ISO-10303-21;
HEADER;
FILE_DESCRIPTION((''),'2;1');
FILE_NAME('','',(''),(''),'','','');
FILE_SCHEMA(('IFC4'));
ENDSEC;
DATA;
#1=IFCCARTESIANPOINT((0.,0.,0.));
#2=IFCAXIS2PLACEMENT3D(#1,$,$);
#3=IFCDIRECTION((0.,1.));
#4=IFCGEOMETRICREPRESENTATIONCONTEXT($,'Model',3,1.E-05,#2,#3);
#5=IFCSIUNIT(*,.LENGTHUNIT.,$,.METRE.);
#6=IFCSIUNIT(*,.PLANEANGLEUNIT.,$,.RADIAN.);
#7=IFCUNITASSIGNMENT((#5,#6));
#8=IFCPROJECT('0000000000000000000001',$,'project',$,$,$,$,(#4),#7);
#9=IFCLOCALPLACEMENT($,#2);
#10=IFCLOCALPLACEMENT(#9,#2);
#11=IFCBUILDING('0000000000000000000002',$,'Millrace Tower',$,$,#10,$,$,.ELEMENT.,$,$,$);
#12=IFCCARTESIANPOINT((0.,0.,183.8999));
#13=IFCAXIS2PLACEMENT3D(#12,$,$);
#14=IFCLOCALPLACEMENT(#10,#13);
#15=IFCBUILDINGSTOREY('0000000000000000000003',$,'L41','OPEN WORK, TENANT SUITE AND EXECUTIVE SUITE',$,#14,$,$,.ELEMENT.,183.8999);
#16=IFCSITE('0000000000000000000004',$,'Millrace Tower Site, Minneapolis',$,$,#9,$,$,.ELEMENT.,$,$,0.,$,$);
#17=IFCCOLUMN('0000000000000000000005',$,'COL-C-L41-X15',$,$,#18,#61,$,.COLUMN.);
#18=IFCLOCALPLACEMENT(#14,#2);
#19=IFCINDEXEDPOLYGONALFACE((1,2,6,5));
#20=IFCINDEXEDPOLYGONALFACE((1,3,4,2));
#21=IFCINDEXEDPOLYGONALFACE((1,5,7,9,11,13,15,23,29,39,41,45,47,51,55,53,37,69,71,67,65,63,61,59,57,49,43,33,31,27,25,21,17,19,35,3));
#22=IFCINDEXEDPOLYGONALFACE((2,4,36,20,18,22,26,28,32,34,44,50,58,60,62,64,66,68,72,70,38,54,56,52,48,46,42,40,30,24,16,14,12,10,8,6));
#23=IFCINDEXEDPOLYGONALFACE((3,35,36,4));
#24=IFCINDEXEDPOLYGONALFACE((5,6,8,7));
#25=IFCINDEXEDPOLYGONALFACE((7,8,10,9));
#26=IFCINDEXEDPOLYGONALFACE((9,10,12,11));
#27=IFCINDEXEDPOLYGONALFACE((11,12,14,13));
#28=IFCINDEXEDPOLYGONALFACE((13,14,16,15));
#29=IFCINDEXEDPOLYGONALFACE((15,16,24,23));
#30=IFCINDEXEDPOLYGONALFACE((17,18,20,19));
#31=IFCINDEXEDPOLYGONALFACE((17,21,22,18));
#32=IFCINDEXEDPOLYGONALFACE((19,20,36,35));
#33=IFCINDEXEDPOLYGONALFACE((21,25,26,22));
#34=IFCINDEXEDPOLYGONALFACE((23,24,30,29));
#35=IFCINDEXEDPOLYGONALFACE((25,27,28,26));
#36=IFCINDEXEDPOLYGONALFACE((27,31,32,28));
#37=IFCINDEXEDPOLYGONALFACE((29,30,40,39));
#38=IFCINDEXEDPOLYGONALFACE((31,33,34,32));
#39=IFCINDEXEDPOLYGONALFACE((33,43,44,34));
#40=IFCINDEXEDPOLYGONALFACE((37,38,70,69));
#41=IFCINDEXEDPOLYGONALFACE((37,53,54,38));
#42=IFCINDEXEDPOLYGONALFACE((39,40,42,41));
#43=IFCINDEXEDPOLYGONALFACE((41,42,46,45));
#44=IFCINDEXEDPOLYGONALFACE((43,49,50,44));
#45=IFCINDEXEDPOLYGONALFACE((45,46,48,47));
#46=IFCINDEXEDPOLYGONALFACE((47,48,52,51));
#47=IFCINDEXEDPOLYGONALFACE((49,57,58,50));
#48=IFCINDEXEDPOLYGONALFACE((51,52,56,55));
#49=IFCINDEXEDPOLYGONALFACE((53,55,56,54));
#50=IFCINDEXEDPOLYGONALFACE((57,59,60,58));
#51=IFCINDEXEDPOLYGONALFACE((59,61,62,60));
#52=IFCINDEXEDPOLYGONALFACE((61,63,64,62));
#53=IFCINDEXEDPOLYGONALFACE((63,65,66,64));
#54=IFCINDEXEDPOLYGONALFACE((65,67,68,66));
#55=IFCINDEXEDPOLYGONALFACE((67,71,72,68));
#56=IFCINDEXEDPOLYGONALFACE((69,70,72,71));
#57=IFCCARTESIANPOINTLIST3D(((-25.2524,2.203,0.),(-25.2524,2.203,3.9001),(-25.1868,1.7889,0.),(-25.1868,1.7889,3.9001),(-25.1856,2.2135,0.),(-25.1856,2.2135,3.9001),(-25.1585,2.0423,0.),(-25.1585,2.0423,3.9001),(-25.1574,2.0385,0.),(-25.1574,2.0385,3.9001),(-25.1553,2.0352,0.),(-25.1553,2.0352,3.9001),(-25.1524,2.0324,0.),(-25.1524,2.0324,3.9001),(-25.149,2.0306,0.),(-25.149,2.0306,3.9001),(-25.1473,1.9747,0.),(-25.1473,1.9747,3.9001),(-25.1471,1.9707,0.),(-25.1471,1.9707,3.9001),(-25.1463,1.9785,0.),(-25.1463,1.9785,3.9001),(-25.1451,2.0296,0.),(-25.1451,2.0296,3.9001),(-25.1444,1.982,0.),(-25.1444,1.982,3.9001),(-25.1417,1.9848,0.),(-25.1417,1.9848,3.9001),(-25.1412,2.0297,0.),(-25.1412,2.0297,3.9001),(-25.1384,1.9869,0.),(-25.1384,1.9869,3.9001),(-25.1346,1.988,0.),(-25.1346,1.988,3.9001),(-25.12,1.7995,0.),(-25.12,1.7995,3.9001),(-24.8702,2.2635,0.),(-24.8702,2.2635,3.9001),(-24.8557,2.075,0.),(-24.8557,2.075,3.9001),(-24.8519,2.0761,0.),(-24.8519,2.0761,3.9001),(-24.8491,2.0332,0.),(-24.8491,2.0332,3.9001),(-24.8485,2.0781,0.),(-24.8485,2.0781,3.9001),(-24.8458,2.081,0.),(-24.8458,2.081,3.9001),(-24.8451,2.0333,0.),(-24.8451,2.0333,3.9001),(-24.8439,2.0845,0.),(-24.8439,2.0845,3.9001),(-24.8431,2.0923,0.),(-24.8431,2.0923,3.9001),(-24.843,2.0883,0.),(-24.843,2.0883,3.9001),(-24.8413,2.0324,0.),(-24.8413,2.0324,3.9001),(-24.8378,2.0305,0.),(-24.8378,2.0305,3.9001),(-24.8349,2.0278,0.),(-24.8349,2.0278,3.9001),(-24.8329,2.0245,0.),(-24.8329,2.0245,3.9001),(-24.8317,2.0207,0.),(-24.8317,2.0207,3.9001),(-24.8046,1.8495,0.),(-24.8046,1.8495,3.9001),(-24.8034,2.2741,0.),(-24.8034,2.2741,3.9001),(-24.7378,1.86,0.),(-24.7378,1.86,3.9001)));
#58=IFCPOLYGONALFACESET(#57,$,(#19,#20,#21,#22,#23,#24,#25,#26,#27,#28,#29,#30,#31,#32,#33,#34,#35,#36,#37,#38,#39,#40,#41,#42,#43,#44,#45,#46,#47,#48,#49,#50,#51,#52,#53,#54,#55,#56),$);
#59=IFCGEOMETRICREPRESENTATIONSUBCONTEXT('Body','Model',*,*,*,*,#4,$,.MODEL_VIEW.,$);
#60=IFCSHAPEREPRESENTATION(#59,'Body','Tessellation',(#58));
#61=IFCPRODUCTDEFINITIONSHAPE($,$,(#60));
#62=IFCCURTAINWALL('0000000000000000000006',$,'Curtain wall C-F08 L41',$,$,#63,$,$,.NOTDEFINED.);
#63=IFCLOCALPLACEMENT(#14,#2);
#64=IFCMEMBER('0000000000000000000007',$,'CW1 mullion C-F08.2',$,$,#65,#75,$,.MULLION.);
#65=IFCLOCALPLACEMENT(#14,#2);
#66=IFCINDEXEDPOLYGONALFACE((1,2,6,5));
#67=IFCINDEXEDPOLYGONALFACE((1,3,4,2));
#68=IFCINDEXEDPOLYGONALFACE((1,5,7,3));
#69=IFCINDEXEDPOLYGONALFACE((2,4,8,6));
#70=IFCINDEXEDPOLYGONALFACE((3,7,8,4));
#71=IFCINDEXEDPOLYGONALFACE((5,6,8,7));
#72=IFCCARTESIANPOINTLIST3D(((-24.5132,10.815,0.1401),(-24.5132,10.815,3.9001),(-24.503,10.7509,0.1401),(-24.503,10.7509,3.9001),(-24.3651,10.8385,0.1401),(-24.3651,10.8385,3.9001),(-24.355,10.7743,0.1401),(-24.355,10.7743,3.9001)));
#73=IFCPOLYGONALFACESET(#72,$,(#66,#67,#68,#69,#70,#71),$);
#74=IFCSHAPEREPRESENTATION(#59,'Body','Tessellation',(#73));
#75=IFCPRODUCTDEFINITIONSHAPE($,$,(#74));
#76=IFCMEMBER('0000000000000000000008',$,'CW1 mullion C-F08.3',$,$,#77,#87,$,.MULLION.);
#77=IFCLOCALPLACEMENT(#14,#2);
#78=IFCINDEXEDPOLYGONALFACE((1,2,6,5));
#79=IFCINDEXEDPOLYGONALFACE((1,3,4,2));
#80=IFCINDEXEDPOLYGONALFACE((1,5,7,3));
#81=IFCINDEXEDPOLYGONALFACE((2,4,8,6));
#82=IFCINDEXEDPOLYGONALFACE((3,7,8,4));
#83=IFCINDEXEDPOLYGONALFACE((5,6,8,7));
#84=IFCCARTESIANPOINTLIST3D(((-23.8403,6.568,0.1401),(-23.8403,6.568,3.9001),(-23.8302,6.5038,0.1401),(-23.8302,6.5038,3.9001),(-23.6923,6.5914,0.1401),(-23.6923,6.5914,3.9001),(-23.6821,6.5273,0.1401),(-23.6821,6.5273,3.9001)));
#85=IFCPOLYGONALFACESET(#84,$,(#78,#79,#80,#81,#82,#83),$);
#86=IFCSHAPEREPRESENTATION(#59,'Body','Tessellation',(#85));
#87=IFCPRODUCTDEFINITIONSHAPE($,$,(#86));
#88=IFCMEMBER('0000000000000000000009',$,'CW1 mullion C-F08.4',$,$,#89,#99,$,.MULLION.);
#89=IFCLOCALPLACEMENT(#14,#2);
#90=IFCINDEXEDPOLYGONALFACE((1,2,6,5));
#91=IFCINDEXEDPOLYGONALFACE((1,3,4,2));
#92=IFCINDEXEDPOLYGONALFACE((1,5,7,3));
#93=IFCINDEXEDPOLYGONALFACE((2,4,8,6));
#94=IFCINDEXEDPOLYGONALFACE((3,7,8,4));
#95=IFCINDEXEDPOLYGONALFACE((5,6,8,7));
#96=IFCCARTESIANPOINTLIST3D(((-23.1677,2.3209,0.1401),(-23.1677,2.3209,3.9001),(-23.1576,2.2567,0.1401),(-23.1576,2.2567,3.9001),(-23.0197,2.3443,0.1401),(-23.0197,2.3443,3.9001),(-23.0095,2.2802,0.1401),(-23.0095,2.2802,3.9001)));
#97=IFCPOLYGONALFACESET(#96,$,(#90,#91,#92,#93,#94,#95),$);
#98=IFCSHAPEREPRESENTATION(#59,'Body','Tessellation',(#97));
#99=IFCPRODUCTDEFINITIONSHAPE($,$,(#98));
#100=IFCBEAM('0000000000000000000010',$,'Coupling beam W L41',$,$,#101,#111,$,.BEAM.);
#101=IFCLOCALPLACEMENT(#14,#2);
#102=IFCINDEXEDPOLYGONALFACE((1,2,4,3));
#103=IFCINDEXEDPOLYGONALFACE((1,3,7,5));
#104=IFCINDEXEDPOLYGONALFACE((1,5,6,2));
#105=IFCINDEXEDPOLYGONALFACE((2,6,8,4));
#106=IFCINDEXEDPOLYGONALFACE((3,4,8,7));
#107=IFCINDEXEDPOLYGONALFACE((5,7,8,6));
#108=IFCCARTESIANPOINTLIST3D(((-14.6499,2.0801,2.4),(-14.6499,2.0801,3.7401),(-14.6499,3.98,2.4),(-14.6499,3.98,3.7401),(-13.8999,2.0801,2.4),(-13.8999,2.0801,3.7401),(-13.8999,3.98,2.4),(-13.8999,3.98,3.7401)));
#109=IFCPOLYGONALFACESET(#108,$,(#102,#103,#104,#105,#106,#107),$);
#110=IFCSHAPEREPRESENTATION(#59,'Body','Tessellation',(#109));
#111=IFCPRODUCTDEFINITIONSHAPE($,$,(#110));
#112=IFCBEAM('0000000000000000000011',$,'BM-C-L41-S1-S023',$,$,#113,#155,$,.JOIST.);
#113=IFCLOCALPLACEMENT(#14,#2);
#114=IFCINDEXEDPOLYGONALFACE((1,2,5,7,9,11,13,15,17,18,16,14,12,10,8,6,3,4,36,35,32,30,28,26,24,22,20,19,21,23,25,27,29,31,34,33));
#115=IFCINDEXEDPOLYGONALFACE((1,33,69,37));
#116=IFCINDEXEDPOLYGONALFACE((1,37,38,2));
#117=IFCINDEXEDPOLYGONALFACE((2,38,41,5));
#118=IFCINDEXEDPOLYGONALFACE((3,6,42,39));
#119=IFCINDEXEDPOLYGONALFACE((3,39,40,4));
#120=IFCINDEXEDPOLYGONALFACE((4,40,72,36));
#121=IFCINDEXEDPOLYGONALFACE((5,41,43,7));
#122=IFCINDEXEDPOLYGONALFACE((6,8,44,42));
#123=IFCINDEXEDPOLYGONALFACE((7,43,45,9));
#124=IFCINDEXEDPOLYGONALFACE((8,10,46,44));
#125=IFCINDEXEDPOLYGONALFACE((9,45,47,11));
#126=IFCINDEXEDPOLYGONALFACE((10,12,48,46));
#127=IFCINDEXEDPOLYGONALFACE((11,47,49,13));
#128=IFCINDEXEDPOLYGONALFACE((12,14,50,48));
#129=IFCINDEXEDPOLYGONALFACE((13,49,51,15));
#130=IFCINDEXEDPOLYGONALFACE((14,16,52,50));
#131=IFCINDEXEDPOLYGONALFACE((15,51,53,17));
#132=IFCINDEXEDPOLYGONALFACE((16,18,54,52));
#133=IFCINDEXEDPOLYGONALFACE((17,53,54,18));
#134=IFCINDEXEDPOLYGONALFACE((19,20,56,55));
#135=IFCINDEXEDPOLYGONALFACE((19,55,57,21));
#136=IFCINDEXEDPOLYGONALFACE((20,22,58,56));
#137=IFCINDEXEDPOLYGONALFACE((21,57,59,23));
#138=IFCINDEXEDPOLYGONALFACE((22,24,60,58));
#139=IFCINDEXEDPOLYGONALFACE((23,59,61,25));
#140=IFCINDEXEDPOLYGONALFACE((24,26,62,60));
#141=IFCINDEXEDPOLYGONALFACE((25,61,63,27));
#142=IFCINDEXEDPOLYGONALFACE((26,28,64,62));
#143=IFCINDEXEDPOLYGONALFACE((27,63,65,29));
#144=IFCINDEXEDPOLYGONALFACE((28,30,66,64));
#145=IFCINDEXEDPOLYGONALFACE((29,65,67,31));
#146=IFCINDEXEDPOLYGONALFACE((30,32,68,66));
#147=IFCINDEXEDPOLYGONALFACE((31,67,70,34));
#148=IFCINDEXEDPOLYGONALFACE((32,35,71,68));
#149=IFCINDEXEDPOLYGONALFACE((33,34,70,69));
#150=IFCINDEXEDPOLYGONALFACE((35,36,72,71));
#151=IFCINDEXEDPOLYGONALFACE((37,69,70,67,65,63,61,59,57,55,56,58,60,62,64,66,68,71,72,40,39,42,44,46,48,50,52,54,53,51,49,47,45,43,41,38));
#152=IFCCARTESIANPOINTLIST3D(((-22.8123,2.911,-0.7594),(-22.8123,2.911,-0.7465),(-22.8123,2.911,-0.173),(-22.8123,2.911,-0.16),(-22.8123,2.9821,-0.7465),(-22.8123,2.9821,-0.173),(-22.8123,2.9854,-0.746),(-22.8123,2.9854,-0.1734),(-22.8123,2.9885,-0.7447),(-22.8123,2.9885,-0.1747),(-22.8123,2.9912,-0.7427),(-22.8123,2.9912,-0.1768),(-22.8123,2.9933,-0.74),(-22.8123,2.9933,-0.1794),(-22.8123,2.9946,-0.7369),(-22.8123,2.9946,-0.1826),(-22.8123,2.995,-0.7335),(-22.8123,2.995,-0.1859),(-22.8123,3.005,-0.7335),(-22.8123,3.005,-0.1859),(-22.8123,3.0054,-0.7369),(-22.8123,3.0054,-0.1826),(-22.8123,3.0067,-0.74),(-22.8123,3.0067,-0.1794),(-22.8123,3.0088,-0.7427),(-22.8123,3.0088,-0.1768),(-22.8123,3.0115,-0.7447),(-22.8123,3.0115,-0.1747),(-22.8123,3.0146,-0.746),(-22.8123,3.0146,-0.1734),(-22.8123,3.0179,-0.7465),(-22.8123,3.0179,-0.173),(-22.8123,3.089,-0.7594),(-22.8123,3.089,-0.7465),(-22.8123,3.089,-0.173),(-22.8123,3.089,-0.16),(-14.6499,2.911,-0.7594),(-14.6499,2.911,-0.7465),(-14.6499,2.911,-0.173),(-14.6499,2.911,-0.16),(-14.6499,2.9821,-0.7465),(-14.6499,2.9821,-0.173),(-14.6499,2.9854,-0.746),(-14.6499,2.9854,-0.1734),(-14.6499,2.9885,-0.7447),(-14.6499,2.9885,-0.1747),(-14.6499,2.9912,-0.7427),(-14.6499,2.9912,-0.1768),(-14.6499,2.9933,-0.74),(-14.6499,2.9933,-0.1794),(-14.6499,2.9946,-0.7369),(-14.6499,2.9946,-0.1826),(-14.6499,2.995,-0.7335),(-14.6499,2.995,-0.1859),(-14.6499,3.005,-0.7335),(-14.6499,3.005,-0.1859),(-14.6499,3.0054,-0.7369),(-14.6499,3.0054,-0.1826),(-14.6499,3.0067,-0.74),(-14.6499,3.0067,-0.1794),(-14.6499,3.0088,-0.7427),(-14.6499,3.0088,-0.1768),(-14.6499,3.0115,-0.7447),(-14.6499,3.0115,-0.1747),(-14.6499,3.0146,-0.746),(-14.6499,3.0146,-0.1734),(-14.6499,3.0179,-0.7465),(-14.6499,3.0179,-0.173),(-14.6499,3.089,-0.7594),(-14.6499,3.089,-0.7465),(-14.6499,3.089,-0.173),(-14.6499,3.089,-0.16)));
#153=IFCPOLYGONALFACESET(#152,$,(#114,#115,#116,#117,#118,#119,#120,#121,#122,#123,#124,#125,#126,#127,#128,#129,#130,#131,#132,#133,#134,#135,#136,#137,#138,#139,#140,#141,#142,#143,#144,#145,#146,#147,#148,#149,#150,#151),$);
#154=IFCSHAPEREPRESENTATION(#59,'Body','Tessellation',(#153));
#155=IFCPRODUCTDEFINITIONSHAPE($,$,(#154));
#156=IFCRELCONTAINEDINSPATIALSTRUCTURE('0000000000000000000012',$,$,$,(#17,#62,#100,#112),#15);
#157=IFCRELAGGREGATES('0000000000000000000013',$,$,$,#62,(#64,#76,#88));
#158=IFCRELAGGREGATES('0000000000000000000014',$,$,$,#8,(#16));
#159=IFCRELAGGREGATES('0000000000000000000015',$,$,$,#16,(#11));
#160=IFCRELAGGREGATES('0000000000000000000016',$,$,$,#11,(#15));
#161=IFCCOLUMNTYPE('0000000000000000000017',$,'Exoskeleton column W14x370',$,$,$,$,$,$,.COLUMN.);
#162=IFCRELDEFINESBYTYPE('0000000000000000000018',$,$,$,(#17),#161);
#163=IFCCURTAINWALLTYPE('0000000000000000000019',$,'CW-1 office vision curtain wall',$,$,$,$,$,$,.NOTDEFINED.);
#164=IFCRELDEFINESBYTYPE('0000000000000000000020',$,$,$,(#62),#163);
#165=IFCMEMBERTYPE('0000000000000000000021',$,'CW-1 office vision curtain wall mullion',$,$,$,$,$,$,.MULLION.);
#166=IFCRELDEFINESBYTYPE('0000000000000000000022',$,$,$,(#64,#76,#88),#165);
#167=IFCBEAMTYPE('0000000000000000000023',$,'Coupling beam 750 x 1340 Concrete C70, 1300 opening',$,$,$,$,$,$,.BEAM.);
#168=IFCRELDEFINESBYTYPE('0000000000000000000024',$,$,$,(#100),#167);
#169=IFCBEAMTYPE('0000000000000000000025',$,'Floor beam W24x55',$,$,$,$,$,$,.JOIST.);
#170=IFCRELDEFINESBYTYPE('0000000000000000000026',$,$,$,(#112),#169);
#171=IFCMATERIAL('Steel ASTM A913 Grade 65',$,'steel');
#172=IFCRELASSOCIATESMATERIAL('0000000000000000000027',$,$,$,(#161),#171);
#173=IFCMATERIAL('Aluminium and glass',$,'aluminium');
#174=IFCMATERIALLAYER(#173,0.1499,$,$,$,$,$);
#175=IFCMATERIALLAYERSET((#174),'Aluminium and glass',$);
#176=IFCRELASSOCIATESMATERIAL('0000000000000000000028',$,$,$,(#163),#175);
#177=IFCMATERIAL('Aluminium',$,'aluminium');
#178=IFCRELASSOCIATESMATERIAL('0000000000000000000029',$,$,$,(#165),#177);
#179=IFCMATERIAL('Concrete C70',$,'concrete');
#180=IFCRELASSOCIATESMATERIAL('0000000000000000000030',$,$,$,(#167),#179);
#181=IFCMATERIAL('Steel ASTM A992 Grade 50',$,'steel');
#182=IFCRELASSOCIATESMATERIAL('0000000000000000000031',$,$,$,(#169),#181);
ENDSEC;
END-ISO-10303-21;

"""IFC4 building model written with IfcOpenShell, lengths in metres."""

from ifc_helpers import new_model, si_unit, direction, frame, origin, origin_2d, place, context, subcontext, project, spatial, rectangle, i_section, extrude, material, layer, layer_set, material_profile, profile_set, type_object, element, aggregate, save


model = new_model("IFC4")

# Units and contexts
model_context = context("Model", 3, precision=1e-05, world=origin(), true_north=direction((0.0, 1.0)))
body_context = subcontext(model_context, "Body", "Model", "MODEL_VIEW")
ifc_project = project(units=[si_unit("LENGTHUNIT", "METRE"), si_unit("PLANEANGLEUNIT", "RADIAN")], contexts=[model_context])

# Site, building, storey
site_placement = place(None, origin())
site = spatial("IfcSite", under=ifc_project, at=site_placement, Name="Millrace Tower Site, Minneapolis", CompositionType="ELEMENT", RefElevation=0.0)
building_placement = place(site_placement, origin())
building = spatial("IfcBuilding", under=site, at=building_placement, Name="Millrace Tower", CompositionType="ELEMENT")
storey_placement = place(building_placement, frame((0.0, 0.0, 183.8999)))
storey = spatial("IfcBuildingStorey", under=building, at=storey_placement, Name="L41", Description="OPEN WORK, TENANT SUITE AND EXECUTIVE SUITE", CompositionType="ELEMENT", Elevation=183.8999)

# Column
ifc_material_1 = material(Name="Steel ASTM A913 Grade 65", Category="steel")
ifc_material_profile_1 = material_profile(ifc_material_1, i_section(OverallWidth=0.4192, OverallDepth=0.4546, WebThickness=0.0422, FlangeThickness=0.0676, FilletRadius=0.0151, at=origin_2d()))
ifc_profile_set_1 = profile_set([ifc_material_profile_1], Name="Steel ASTM A913 Grade 65")
column_type = type_object("IfcColumnType", Name="Exoskeleton column W14x370", PredefinedType="COLUMN", material=ifc_profile_set_1)
column_placement = place(storey_placement, frame((-24.9951, 2.0315, 0.0), z_axis=(0.0, 0.0, 1.0), x_axis=(0.156434, -0.987688, 0.0)))
element("IfcColumn", 1, at=column_placement, inside=storey, type_object=column_type, Name="COL-C-L41-X15", PredefinedType="COLUMN", context=body_context, shape_type="SweptSolid", body=[
    extrude(i_section(OverallWidth=0.4192, OverallDepth=0.4546, WebThickness=0.0422, FlangeThickness=0.0676, FilletRadius=0.0151, at=origin_2d()), origin(), (0.0, 0.0, 1.0), 3.9001),
])

# Curtain wall, members
ifc_material_2 = material(Name="Aluminium and glass", Category="aluminium")
ifc_layer_1 = layer(ifc_material_2, 0.1499)
ifc_layer_set_1 = layer_set([ifc_layer_1], Name="Aluminium and glass")
curtain_wall_type = type_object("IfcCurtainWallType", Name="CW-1 office vision curtain wall", PredefinedType="NOTDEFINED", material=ifc_layer_set_1)
placement = place(storey_placement, origin())
curtain_wall = element("IfcCurtainWall", 2, at=placement, inside=storey, type_object=curtain_wall_type, Name="Curtain wall C-F08 L41", PredefinedType="NOTDEFINED")
ifc_material_3 = material(Name="Aluminium", Category="aluminium")
ifc_material_profile_2 = material_profile(ifc_material_3, rectangle(XDim=0.0649, YDim=0.1499, at=origin_2d()))
ifc_profile_set_2 = profile_set([ifc_material_profile_2], Name="Aluminium")
member_type = type_object("IfcMemberType", Name="CW-1 office vision curtain wall mullion", PredefinedType="MULLION", material=ifc_profile_set_2)
member_1_placement = place(storey_placement, frame((-24.4341, 10.7947, 0.1401), z_axis=(0.0, 0.0, 1.0), x_axis=(0.156434, -0.987688, 0.0)))
member_1 = element("IfcMember", 3, at=member_1_placement, type_object=member_type, Name="CW1 mullion C-F08.2", PredefinedType="MULLION", context=body_context, shape_type="SweptSolid", body=[
    extrude(rectangle(XDim=0.0649, YDim=0.1499, at=origin_2d()), origin(), (0.0, 0.0, 1.0), 3.76),
])
member_2_placement = place(storey_placement, frame((-23.7612, 6.5476, 0.1401), z_axis=(0.0, 0.0, 1.0), x_axis=(0.156434, -0.987688, 0.0)))
member_2 = element("IfcMember", 4, at=member_2_placement, type_object=member_type, Name="CW1 mullion C-F08.3", PredefinedType="MULLION", context=body_context, shape_type="SweptSolid", body=[
    extrude(rectangle(XDim=0.0649, YDim=0.1499, at=origin_2d()), origin(), (0.0, 0.0, 1.0), 3.76),
])
member_3_placement = place(storey_placement, frame((-23.0886, 2.3005, 0.1401), z_axis=(0.0, 0.0, 1.0), x_axis=(0.156434, -0.987688, 0.0)))
member_3 = element("IfcMember", 5, at=member_3_placement, type_object=member_type, Name="CW1 mullion C-F08.4", PredefinedType="MULLION", context=body_context, shape_type="SweptSolid", body=[
    extrude(rectangle(XDim=0.0649, YDim=0.1499, at=origin_2d()), origin(), (0.0, 0.0, 1.0), 3.76),
])
aggregate(curtain_wall, [member_1, member_2, member_3])

# Beams
ifc_material_4 = material(Name="Concrete C70", Category="concrete")
ifc_material_profile_3 = material_profile(ifc_material_4, rectangle(XDim=0.75, YDim=1.3401, at=origin_2d()))
ifc_profile_set_3 = profile_set([ifc_material_profile_3], Name="Concrete C70")
beam_type_1 = type_object("IfcBeamType", Name="Coupling beam 750 x 1340 Concrete C70, 1300 opening", PredefinedType="BEAM", material=ifc_profile_set_3)
beam_1_placement = place(storey_placement, frame((-14.2749, 2.0801, 3.0701), z_axis=(0.0, 1.0, 0.0), x_axis=(-1.0, 0.0, 0.0)))
element("IfcBeam", 6, at=beam_1_placement, inside=storey, type_object=beam_type_1, Name="Coupling beam W L41", PredefinedType="BEAM", context=body_context, shape_type="SweptSolid", body=[
    extrude(rectangle(XDim=0.75, YDim=1.3401, at=origin_2d()), origin(), (0.0, 0.0, 1.0), 1.8999),
])
ifc_material_5 = material(Name="Steel ASTM A992 Grade 50", Category="steel")
ifc_material_profile_4 = material_profile(ifc_material_5, i_section(OverallWidth=0.178, OverallDepth=0.5994, WebThickness=0.01, FlangeThickness=0.0129, FilletRadius=0.0129, at=origin_2d()))
ifc_profile_set_4 = profile_set([ifc_material_profile_4], Name="Steel ASTM A992 Grade 50")
beam_type_2 = type_object("IfcBeamType", Name="Floor beam W24x55", PredefinedType="JOIST", material=ifc_profile_set_4)
beam_2_placement = place(storey_placement, frame((-22.8123, 3.0, -0.4597), z_axis=(1.0, 0.0, 0.0), x_axis=(0.0, 1.0, 0.0)))
element("IfcBeam", 7, at=beam_2_placement, inside=storey, type_object=beam_type_2, Name="BM-C-L41-S1-S023", PredefinedType="JOIST", context=body_context, shape_type="SweptSolid", body=[
    extrude(i_section(OverallWidth=0.178, OverallDepth=0.5994, WebThickness=0.01, FlangeThickness=0.0129, FilletRadius=0.0129, at=origin_2d()), origin(), (0.0, 0.0, 1.0), 8.1624),
])

save(model, "model.ifc")
